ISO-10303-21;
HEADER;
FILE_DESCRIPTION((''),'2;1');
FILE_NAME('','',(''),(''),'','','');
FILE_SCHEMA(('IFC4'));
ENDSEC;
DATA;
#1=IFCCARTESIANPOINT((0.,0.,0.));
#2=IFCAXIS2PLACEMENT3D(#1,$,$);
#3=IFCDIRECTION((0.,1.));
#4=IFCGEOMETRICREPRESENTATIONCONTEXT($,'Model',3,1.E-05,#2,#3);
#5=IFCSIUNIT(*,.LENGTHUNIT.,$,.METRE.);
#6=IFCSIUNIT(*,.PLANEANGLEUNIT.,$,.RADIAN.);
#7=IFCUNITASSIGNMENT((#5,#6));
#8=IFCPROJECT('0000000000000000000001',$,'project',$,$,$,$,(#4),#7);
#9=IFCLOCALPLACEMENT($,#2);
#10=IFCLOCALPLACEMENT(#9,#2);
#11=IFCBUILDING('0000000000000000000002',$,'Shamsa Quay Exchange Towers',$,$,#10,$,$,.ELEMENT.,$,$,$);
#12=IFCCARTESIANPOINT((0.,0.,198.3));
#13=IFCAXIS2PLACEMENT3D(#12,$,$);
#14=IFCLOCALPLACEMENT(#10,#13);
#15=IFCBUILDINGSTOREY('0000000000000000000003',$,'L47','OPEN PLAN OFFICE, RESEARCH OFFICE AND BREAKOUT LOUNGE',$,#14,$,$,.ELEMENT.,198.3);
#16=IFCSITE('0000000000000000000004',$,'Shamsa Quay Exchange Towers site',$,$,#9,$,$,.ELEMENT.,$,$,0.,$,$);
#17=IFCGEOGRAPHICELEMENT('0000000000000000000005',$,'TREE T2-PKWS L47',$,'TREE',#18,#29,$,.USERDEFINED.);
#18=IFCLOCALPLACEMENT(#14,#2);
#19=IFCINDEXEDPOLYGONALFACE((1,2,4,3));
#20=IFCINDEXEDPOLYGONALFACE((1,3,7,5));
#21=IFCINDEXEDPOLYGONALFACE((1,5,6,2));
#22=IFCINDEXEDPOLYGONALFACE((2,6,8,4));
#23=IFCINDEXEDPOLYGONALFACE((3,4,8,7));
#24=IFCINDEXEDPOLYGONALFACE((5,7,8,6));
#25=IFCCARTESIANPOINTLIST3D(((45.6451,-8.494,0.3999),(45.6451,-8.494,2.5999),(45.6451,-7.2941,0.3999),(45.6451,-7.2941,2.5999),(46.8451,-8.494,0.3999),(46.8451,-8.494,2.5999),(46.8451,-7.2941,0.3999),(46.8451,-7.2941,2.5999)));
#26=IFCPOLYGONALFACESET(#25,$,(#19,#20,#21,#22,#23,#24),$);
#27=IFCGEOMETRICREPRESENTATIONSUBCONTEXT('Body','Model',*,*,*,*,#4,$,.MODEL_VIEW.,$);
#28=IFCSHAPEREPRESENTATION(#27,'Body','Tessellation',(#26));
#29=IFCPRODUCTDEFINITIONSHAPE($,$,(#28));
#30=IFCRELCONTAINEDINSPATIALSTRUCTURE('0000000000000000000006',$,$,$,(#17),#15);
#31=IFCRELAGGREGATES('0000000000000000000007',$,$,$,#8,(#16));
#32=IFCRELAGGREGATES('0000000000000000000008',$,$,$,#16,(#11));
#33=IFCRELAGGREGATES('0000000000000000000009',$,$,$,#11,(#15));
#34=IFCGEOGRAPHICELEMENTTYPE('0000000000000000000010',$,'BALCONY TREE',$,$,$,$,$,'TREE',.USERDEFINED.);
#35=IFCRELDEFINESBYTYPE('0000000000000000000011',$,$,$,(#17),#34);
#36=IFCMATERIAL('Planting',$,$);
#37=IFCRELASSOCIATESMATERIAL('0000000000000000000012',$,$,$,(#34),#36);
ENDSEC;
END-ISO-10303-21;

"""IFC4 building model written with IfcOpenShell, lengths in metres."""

from ifc_helpers import new_model, si_unit, direction, frame, origin, origin_2d, place, context, subcontext, project, spatial, rectangle, extrude, material, type_object, element, save


model = new_model("IFC4")

# Units and contexts
model_context = context("Model", 3, precision=1e-05, world=origin(), true_north=direction((0.0, 1.0)))
body_context = subcontext(model_context, "Body", "Model", "MODEL_VIEW")
ifc_project = project(units=[si_unit("LENGTHUNIT", "METRE"), si_unit("PLANEANGLEUNIT", "RADIAN")], contexts=[model_context])

# Site, building, storey
site_placement = place(None, origin())
site = spatial("IfcSite", under=ifc_project, at=site_placement, Name="Shamsa Quay Exchange Towers site", CompositionType="ELEMENT", RefElevation=0.0)
building_placement = place(site_placement, origin())
building = spatial("IfcBuilding", under=site, at=building_placement, Name="Shamsa Quay Exchange Towers", CompositionType="ELEMENT")
storey_placement = place(building_placement, frame((0.0, 0.0, 198.3)))
storey = spatial("IfcBuildingStorey", under=building, at=storey_placement, Name="L47", Description="OPEN PLAN OFFICE, RESEARCH OFFICE AND BREAKOUT LOUNGE", CompositionType="ELEMENT", Elevation=198.3)

# Geographic element
ifc_material_1 = material(Name="Planting")
geographic_element_type = type_object("IfcGeographicElementType", Name="BALCONY TREE", ElementType="TREE", PredefinedType="USERDEFINED", material=ifc_material_1)
geographic_element_placement = place(storey_placement, frame((46.2451, -7.894, 0.3999), z_axis=(0.0, 0.0, 1.0), x_axis=(0.0, 1.0, 0.0)))
element("IfcGeographicElement", 1, at=geographic_element_placement, inside=storey, type_object=geographic_element_type, Name="TREE T2-PKWS L47", ObjectType="TREE", PredefinedType="USERDEFINED", context=body_context, shape_type="SweptSolid", body=[
    extrude(rectangle(XDim=1.2, YDim=1.2, at=origin_2d()), origin(), (0.0, 0.0, 1.0), 2.2),
])

save(model, "model.ifc")
